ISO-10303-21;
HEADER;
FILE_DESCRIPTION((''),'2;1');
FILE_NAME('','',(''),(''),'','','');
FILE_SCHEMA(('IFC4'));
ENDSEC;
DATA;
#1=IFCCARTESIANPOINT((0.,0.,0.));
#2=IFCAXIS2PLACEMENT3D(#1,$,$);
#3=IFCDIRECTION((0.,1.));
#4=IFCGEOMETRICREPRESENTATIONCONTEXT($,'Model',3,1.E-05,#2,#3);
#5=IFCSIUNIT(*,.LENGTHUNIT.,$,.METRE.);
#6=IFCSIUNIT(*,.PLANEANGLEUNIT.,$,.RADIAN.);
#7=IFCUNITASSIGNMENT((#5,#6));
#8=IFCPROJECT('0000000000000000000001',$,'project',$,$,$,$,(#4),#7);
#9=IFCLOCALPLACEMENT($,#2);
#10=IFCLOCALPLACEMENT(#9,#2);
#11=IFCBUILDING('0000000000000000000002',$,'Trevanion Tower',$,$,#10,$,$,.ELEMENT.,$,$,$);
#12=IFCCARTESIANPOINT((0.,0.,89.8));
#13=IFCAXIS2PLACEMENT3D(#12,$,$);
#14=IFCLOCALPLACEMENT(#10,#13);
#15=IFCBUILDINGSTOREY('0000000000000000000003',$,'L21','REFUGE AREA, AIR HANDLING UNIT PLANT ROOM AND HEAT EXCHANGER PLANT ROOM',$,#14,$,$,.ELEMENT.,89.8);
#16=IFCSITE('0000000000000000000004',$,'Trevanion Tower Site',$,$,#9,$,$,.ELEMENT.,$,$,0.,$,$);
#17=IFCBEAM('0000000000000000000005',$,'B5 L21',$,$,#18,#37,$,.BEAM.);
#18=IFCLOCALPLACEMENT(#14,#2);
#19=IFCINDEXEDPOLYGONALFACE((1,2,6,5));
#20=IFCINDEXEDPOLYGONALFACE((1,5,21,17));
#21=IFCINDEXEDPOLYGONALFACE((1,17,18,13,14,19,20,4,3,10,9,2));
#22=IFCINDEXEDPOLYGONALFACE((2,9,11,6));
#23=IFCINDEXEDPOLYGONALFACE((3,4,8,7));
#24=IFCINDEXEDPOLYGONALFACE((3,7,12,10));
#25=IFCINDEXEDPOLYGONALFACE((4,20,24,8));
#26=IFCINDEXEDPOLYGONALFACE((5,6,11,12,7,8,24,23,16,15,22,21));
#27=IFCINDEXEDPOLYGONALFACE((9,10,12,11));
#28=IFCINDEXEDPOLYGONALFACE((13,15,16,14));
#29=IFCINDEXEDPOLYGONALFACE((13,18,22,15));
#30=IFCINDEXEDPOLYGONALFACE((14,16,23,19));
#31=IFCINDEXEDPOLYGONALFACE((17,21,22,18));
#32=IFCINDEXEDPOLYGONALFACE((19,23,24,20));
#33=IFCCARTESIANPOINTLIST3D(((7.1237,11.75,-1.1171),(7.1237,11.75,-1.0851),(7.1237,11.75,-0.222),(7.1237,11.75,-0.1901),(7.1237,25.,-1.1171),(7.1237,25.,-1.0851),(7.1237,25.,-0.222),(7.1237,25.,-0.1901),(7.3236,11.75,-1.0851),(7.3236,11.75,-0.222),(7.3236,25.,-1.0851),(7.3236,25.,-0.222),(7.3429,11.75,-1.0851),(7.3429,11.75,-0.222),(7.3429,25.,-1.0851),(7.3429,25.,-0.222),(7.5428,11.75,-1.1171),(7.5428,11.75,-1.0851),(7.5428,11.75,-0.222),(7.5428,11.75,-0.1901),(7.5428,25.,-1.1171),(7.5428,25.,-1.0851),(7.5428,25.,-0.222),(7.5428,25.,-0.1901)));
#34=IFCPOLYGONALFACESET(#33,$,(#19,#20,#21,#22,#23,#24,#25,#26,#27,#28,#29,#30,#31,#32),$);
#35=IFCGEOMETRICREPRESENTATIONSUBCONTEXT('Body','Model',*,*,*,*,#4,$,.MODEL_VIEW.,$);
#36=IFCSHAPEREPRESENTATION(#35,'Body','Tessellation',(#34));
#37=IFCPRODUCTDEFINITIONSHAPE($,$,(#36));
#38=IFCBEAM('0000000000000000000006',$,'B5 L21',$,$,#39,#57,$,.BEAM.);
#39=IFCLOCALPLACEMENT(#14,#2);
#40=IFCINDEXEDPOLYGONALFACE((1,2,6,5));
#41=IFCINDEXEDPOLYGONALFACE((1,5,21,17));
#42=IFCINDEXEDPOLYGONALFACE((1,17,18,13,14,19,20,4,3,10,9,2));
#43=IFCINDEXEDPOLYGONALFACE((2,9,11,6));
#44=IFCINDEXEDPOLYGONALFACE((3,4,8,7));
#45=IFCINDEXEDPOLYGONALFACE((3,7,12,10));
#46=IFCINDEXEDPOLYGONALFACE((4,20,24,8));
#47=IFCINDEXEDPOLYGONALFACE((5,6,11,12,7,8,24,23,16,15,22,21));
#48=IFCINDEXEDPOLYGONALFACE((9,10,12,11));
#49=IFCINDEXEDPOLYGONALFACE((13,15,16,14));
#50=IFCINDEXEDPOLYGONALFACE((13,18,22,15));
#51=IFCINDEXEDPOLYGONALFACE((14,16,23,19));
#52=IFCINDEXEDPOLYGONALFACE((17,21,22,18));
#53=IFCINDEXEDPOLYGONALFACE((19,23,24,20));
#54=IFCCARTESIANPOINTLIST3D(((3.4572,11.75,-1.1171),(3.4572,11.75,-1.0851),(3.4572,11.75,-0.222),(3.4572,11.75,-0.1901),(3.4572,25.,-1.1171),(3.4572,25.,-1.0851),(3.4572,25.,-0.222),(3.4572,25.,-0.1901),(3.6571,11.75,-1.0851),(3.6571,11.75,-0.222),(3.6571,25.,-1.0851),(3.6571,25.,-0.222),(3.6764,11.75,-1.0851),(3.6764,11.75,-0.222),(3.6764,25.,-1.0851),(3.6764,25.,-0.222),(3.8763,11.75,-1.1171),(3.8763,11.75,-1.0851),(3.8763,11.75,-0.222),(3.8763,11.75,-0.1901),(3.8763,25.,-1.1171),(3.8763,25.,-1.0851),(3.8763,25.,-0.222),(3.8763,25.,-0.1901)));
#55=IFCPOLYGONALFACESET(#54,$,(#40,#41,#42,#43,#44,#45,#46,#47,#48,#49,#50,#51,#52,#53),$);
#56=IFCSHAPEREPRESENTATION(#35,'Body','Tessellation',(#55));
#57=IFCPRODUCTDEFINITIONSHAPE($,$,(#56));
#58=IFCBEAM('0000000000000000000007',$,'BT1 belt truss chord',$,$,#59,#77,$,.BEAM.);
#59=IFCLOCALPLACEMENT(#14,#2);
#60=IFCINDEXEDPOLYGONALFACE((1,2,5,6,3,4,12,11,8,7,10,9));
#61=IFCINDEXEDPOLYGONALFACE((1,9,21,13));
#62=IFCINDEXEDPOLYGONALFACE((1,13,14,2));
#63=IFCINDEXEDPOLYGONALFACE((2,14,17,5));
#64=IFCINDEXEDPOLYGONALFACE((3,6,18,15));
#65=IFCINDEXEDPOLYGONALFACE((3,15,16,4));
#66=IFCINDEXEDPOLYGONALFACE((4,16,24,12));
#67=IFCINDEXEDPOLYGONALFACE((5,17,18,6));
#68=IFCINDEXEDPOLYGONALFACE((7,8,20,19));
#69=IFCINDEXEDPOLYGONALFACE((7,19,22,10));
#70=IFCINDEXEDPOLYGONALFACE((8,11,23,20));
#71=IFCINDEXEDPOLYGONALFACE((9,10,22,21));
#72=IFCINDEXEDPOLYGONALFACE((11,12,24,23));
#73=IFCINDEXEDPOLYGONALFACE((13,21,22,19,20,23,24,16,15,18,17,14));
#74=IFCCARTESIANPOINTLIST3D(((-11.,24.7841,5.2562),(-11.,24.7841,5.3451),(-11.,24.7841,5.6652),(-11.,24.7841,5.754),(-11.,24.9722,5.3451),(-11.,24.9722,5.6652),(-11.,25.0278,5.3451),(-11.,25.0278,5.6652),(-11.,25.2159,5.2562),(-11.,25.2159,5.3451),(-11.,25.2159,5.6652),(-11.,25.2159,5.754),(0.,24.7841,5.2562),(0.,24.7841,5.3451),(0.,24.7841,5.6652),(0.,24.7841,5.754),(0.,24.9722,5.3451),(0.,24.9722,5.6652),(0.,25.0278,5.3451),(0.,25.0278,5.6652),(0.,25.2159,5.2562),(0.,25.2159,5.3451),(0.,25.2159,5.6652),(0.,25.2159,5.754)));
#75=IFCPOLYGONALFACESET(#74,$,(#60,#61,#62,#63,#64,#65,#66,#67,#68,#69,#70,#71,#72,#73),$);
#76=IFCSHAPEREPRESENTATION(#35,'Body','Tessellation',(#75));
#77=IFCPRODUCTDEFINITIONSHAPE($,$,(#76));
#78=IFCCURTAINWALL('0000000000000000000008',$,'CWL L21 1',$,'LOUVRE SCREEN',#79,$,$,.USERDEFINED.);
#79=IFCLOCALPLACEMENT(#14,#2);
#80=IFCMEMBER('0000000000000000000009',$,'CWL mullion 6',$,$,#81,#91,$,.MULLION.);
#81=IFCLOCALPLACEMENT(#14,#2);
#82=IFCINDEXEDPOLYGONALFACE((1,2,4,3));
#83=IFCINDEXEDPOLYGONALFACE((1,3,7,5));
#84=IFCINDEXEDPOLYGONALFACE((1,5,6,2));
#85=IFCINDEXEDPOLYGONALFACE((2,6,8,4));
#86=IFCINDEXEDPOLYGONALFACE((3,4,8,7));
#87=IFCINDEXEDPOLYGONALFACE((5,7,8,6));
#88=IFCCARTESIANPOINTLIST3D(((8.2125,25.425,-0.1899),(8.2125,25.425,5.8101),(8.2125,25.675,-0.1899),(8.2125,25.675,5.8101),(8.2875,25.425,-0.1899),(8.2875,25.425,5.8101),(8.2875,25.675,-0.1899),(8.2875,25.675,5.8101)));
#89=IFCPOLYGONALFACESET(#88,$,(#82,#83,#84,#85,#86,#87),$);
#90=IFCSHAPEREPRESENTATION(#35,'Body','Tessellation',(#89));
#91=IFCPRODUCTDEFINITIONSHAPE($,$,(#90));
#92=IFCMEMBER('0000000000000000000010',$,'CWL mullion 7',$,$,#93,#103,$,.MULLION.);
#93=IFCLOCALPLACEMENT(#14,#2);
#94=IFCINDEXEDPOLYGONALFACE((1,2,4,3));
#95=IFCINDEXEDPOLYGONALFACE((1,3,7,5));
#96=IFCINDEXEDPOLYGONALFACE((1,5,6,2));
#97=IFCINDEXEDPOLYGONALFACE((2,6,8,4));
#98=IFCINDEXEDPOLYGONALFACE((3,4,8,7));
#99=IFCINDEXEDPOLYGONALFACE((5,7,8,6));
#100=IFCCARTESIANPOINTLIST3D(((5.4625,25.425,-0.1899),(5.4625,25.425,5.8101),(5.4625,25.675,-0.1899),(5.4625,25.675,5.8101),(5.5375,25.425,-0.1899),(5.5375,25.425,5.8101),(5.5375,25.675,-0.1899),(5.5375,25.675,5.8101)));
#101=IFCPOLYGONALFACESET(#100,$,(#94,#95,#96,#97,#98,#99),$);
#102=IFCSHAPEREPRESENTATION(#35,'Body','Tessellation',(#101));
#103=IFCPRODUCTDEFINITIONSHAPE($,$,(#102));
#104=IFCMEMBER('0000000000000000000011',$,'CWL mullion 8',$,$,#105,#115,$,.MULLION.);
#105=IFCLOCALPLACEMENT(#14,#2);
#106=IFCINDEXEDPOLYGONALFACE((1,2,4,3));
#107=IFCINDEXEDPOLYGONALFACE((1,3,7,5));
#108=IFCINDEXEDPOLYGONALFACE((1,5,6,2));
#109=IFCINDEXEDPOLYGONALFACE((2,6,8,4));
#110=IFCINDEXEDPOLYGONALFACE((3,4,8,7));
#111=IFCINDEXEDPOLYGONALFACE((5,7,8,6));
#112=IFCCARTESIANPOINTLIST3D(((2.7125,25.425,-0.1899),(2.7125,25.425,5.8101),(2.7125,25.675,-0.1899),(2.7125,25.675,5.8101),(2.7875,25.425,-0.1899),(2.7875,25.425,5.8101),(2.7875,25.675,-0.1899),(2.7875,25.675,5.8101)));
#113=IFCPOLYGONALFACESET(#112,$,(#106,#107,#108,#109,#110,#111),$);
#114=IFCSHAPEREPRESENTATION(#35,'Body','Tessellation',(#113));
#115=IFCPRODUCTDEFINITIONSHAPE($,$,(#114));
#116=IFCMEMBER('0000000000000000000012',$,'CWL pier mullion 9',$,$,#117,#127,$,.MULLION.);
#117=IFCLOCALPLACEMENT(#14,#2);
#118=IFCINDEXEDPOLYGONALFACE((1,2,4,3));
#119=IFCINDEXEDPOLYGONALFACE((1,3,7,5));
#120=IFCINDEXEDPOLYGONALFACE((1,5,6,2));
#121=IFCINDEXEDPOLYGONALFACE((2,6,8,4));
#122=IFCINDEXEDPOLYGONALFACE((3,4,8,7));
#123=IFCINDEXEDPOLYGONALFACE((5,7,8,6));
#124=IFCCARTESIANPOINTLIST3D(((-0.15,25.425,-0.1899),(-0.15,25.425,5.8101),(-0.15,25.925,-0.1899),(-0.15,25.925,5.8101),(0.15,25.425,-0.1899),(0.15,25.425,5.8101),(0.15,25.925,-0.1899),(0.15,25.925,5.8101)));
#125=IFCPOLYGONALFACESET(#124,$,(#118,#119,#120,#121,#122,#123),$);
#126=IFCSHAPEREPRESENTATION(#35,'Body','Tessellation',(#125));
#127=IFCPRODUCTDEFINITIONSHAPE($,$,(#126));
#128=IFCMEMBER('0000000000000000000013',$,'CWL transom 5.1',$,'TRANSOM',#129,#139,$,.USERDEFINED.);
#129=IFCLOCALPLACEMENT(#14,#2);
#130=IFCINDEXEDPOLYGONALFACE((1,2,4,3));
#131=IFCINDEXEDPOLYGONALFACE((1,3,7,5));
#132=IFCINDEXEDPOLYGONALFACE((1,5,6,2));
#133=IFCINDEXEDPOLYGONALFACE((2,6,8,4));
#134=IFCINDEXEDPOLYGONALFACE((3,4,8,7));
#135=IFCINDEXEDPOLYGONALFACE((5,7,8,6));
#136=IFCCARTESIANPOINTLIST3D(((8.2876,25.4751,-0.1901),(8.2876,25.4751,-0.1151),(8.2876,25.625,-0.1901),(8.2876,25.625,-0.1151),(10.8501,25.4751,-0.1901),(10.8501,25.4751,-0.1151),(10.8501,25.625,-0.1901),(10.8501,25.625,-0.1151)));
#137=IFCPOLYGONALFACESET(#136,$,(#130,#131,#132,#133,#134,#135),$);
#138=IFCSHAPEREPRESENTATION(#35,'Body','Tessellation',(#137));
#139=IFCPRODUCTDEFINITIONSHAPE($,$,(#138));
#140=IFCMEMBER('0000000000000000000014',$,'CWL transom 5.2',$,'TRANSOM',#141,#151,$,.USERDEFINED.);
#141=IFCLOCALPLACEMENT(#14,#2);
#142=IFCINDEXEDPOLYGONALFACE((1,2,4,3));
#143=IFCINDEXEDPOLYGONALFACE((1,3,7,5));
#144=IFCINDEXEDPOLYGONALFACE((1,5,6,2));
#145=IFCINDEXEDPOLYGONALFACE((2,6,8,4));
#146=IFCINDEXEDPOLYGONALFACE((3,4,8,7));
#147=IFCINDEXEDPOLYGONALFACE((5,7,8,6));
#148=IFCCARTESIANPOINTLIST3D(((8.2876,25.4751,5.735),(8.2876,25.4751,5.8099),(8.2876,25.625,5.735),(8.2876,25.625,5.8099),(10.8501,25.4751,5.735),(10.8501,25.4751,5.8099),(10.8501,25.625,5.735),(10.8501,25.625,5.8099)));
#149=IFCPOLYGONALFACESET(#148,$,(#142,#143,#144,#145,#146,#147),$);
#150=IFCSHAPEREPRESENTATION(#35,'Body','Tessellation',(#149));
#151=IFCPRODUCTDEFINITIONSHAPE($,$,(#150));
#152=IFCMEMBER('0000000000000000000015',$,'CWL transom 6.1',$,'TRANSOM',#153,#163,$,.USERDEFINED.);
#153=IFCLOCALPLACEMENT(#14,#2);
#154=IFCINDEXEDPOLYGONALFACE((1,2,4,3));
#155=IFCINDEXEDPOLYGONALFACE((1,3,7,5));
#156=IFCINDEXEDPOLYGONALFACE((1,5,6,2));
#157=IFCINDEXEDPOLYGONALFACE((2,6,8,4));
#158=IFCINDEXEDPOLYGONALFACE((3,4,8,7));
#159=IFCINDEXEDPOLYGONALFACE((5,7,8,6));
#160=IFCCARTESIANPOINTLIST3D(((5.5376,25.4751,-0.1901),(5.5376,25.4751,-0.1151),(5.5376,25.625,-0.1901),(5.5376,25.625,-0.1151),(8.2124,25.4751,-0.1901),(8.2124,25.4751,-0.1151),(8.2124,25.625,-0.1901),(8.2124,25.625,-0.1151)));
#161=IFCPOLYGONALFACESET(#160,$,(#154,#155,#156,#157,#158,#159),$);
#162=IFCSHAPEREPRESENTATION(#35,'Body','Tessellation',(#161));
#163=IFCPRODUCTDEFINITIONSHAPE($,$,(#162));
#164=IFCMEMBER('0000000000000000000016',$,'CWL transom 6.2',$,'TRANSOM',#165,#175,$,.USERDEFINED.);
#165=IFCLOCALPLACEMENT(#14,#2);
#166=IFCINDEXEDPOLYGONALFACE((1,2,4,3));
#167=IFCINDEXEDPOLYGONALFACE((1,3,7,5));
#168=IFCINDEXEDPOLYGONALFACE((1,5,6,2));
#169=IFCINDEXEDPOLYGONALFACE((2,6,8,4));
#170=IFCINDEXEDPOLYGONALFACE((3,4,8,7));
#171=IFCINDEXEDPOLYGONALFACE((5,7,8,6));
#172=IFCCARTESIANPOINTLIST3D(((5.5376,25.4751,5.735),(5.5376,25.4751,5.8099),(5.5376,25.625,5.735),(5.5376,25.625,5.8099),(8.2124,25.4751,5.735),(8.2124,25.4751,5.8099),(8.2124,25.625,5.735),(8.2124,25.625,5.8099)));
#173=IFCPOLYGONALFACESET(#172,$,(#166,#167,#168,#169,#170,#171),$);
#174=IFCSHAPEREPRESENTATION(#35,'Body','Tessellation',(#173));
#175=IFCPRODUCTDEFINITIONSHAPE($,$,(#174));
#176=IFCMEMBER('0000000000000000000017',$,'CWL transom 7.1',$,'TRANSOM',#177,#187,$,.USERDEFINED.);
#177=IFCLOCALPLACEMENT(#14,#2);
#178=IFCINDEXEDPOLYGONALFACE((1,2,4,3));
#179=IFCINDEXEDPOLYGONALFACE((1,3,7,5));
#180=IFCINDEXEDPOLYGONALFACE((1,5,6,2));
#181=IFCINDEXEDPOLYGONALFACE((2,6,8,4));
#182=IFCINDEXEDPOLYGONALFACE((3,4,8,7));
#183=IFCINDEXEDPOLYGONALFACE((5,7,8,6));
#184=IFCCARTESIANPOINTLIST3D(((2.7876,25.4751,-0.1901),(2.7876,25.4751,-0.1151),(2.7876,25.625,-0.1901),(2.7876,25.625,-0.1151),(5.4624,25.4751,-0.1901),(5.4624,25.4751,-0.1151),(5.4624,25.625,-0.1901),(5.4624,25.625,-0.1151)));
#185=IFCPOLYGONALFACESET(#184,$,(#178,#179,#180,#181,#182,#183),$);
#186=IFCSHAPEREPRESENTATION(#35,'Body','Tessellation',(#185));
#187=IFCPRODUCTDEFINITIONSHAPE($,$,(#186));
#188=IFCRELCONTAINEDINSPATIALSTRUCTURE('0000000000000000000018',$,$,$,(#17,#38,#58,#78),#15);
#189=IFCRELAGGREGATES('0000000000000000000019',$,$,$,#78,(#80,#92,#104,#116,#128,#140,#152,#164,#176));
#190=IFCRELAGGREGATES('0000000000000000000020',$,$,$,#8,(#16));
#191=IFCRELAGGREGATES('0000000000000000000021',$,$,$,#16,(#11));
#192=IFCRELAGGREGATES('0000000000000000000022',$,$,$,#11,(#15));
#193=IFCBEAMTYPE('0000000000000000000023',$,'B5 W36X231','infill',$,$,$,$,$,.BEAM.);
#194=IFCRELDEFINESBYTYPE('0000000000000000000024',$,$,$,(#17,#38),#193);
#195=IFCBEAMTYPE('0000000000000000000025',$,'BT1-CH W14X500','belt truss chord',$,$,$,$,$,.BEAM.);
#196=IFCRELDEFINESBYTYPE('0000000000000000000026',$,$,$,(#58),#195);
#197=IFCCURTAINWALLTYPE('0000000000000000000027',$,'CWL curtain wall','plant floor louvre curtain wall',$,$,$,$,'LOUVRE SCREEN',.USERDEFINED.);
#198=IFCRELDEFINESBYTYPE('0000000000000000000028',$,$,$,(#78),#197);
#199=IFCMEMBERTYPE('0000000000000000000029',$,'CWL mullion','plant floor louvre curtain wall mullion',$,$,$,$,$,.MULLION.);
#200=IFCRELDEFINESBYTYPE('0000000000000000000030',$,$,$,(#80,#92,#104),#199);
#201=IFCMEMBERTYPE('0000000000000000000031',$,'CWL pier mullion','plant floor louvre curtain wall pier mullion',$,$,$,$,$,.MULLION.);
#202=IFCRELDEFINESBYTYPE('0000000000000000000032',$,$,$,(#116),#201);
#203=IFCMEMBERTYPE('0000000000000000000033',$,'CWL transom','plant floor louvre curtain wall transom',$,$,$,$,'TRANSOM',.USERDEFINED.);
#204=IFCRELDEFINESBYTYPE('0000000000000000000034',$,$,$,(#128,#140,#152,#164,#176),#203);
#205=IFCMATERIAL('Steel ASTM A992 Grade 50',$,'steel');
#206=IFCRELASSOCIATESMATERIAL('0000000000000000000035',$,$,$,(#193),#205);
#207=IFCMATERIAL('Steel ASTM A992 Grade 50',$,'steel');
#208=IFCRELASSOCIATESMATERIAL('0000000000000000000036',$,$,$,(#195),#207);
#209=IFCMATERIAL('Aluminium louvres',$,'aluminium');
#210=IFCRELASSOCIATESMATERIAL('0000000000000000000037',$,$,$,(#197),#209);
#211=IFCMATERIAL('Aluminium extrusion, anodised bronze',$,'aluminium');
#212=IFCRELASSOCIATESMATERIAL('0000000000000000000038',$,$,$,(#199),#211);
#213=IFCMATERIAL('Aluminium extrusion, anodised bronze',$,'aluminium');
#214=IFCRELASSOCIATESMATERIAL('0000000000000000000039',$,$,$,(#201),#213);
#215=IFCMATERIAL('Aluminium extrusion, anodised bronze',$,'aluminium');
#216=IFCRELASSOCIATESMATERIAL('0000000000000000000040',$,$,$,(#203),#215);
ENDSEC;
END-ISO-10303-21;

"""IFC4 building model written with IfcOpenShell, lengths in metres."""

from ifc_helpers import new_model, si_unit, direction, frame, origin, origin_2d, place, context, subcontext, project, spatial, rectangle, i_section, extrude, material, material_profile, profile_set, type_object, element, aggregate, save


model = new_model("IFC4")

# Units and contexts
model_context = context("Model", 3, precision=1e-05, world=origin(), true_north=direction((0.0, 1.0)))
body_context = subcontext(model_context, "Body", "Model", "MODEL_VIEW")
ifc_project = project(units=[si_unit("LENGTHUNIT", "METRE"), si_unit("PLANEANGLEUNIT", "RADIAN")], contexts=[model_context])

# Site, building, storey
site_placement = place(None, origin())
site = spatial("IfcSite", under=ifc_project, at=site_placement, Name="Trevanion Tower Site", CompositionType="ELEMENT", RefElevation=0.0)
building_placement = place(site_placement, origin())
building = spatial("IfcBuilding", under=site, at=building_placement, Name="Trevanion Tower", CompositionType="ELEMENT")
storey_placement = place(building_placement, frame((0.0, 0.0, 89.8)))
storey = spatial("IfcBuildingStorey", under=building, at=storey_placement, Name="L21", Description="REFUGE AREA, AIR HANDLING UNIT PLANT ROOM AND HEAT EXCHANGER PLANT ROOM", CompositionType="ELEMENT", Elevation=89.8)

# Beams
ifc_material_1 = material(Name="Steel ASTM A992 Grade 50", Category="steel")
ifc_material_profile_1 = material_profile(ifc_material_1, i_section(OverallWidth=0.4192, OverallDepth=0.927, WebThickness=0.0193, FlangeThickness=0.032, at=origin_2d()), Name="W36X231")
ifc_profile_set_1 = profile_set([ifc_material_profile_1], Name="Steel ASTM A992 Grade 50")
beam_type_1 = type_object("IfcBeamType", Name="B5 W36X231", Description="infill", PredefinedType="BEAM", material=ifc_profile_set_1)
for number, where, z_axis, x_axis, name in (
    (1, (7.3333, 11.75, -0.6536), (0.0, 1.0, 0.0), (-1.0, 0.0, 0.0), "B5 L21"),
    (2, (3.6667, 11.75, -0.6536), (0.0, 1.0, 0.0), (-1.0, 0.0, 0.0), "B5 L21"),
):
    element("IfcBeam", number, at=place(storey_placement, frame(where, z_axis=z_axis, x_axis=x_axis)), inside=storey, type_object=beam_type_1, Name=name, PredefinedType="BEAM", context=body_context, shape_type="SweptSolid", body=[
        extrude(i_section(OverallWidth=0.4192, OverallDepth=0.927, WebThickness=0.0193, FlangeThickness=0.032, at=origin_2d()), origin(), (0.0, 0.0, 1.0), 13.25),
    ])
ifc_material_2 = material(Name="Steel ASTM A992 Grade 50", Category="steel")
ifc_material_profile_2 = material_profile(ifc_material_2, i_section(OverallWidth=0.4319, OverallDepth=0.4978, WebThickness=0.0557, FlangeThickness=0.0889, at=origin_2d()), Name="W14X500")
ifc_profile_set_2 = profile_set([ifc_material_profile_2], Name="Steel ASTM A992 Grade 50")
beam_type_2 = type_object("IfcBeamType", Name="BT1-CH W14X500", Description="belt truss chord", PredefinedType="BEAM", material=ifc_profile_set_2)
beam_1_placement = place(storey_placement, frame((0.0, 25.0, 5.5051), z_axis=(-1.0, 0.0, 0.0), x_axis=(0.0, -1.0, 0.0)))
element("IfcBeam", 3, at=beam_1_placement, inside=storey, type_object=beam_type_2, Name="BT1 belt truss chord", PredefinedType="BEAM", context=body_context, shape_type="SweptSolid", body=[
    extrude(i_section(OverallWidth=0.4319, OverallDepth=0.4978, WebThickness=0.0557, FlangeThickness=0.0889, at=origin_2d()), origin(), (0.0, 0.0, 1.0), 11.0),
])

# Curtain wall, members
ifc_material_3 = material(Name="Aluminium louvres", Category="aluminium")
curtain_wall_type = type_object("IfcCurtainWallType", Name="CWL curtain wall", Description="plant floor louvre curtain wall", ElementType="LOUVRE SCREEN", PredefinedType="USERDEFINED", material=ifc_material_3)
curtain_wall_placement = place(storey_placement, origin())
curtain_wall = element("IfcCurtainWall", 4, at=curtain_wall_placement, inside=storey, type_object=curtain_wall_type, Name="CWL L21 1", ObjectType="LOUVRE SCREEN", PredefinedType="USERDEFINED")
ifc_material_4 = material(Name="Aluminium extrusion, anodised bronze", Category="aluminium")
ifc_material_profile_3 = material_profile(ifc_material_4, rectangle(XDim=0.075, YDim=0.25, at=origin_2d()), Name="CWL mullion")
ifc_profile_set_3 = profile_set([ifc_material_profile_3], Name="Aluminium extrusion, anodised bronze")
member_type_1 = type_object("IfcMemberType", Name="CWL mullion", Description="plant floor louvre curtain wall mullion", PredefinedType="MULLION", material=ifc_profile_set_3)
member_1_placement = place(storey_placement, frame((8.25, 25.55, -0.1899), z_axis=(0.0, 0.0, 1.0), x_axis=(-1.0, 0.0, 0.0)))
member_1 = element("IfcMember", 5, at=member_1_placement, type_object=member_type_1, Name="CWL mullion 6", PredefinedType="MULLION", context=body_context, shape_type="SweptSolid", body=[
    extrude(rectangle(XDim=0.075, YDim=0.25, at=origin_2d()), origin(), (0.0, 0.0, 1.0), 6.0),
])
member_2_placement = place(storey_placement, frame((5.5, 25.55, -0.1899), z_axis=(0.0, 0.0, 1.0), x_axis=(-1.0, 0.0, 0.0)))
member_2 = element("IfcMember", 6, at=member_2_placement, type_object=member_type_1, Name="CWL mullion 7", PredefinedType="MULLION", context=body_context, shape_type="SweptSolid", body=[
    extrude(rectangle(XDim=0.075, YDim=0.25, at=origin_2d()), origin(), (0.0, 0.0, 1.0), 6.0),
])
member_3_placement = place(storey_placement, frame((2.75, 25.55, -0.1899), z_axis=(0.0, 0.0, 1.0), x_axis=(-1.0, 0.0, 0.0)))
member_3 = element("IfcMember", 7, at=member_3_placement, type_object=member_type_1, Name="CWL mullion 8", PredefinedType="MULLION", context=body_context, shape_type="SweptSolid", body=[
    extrude(rectangle(XDim=0.075, YDim=0.25, at=origin_2d()), origin(), (0.0, 0.0, 1.0), 6.0),
])
ifc_material_5 = material(Name="Aluminium extrusion, anodised bronze", Category="aluminium")
ifc_material_profile_4 = material_profile(ifc_material_5, rectangle(XDim=0.3, YDim=0.5, at=origin_2d()), Name="CWL pier mullion")
ifc_profile_set_4 = profile_set([ifc_material_profile_4], Name="Aluminium extrusion, anodised bronze")
member_type_2 = type_object("IfcMemberType", Name="CWL pier mullion", Description="plant floor louvre curtain wall pier mullion", PredefinedType="MULLION", material=ifc_profile_set_4)
member_4_placement = place(storey_placement, frame((0.0, 25.675, -0.1899), z_axis=(0.0, 0.0, 1.0), x_axis=(-1.0, 0.0, 0.0)))
member_4 = element("IfcMember", 8, at=member_4_placement, type_object=member_type_2, Name="CWL pier mullion 9", PredefinedType="MULLION", context=body_context, shape_type="SweptSolid", body=[
    extrude(rectangle(XDim=0.3, YDim=0.5, at=origin_2d()), origin(), (0.0, 0.0, 1.0), 6.0),
])
ifc_material_6 = material(Name="Aluminium extrusion, anodised bronze", Category="aluminium")
ifc_material_profile_5 = material_profile(ifc_material_6, rectangle(XDim=0.1499, YDim=0.075, at=origin_2d()), Name="CWL transom")
ifc_profile_set_5 = profile_set([ifc_material_profile_5], Name="Aluminium extrusion, anodised bronze")
member_type_3 = type_object("IfcMemberType", Name="CWL transom", Description="plant floor louvre curtain wall transom", ElementType="TRANSOM", PredefinedType="USERDEFINED", material=ifc_profile_set_5)
member_5_placement = place(storey_placement, frame((10.8501, 25.55, -0.1526), z_axis=(-1.0, 0.0, 0.0), x_axis=(0.0, -1.0, 0.0)))
member_5 = element("IfcMember", 9, at=member_5_placement, type_object=member_type_3, Name="CWL transom 5.1", ObjectType="TRANSOM", PredefinedType="USERDEFINED", context=body_context, shape_type="SweptSolid", body=[
    extrude(rectangle(XDim=0.1499, YDim=0.075, at=origin_2d()), origin(), (0.0, 0.0, 1.0), 2.5625),
])
member_6_placement = place(storey_placement, frame((10.8501, 25.55, 5.7725), z_axis=(-1.0, 0.0, 0.0), x_axis=(0.0, -1.0, 0.0)))
member_6 = element("IfcMember", 10, at=member_6_placement, type_object=member_type_3, Name="CWL transom 5.2", ObjectType="TRANSOM", PredefinedType="USERDEFINED", context=body_context, shape_type="SweptSolid", body=[
    extrude(rectangle(XDim=0.1499, YDim=0.075, at=origin_2d()), origin(), (0.0, 0.0, 1.0), 2.5625),
])
member_7_placement = place(storey_placement, frame((8.2124, 25.55, -0.1526), z_axis=(-1.0, 0.0, 0.0), x_axis=(0.0, -1.0, 0.0)))
member_7 = element("IfcMember", 11, at=member_7_placement, type_object=member_type_3, Name="CWL transom 6.1", ObjectType="TRANSOM", PredefinedType="USERDEFINED", context=body_context, shape_type="SweptSolid", body=[
    extrude(rectangle(XDim=0.1499, YDim=0.075, at=origin_2d()), origin(), (0.0, 0.0, 1.0), 2.6748),
])
member_8_placement = place(storey_placement, frame((8.2124, 25.55, 5.7725), z_axis=(-1.0, 0.0, 0.0), x_axis=(0.0, -1.0, 0.0)))
member_8 = element("IfcMember", 12, at=member_8_placement, type_object=member_type_3, Name="CWL transom 6.2", ObjectType="TRANSOM", PredefinedType="USERDEFINED", context=body_context, shape_type="SweptSolid", body=[
    extrude(rectangle(XDim=0.1499, YDim=0.075, at=origin_2d()), origin(), (0.0, 0.0, 1.0), 2.6748),
])
member_9_placement = place(storey_placement, frame((5.4624, 25.55, -0.1526), z_axis=(-1.0, 0.0, 0.0), x_axis=(0.0, -1.0, 0.0)))
member_9 = element("IfcMember", 13, at=member_9_placement, type_object=member_type_3, Name="CWL transom 7.1", ObjectType="TRANSOM", PredefinedType="USERDEFINED", context=body_context, shape_type="SweptSolid", body=[
    extrude(rectangle(XDim=0.1499, YDim=0.075, at=origin_2d()), origin(), (0.0, 0.0, 1.0), 2.6748),
])

aggregate(curtain_wall, [member_1, member_2, member_3, member_4, member_5, member_6, member_7, member_8, member_9])

save(model, "model.ifc")
